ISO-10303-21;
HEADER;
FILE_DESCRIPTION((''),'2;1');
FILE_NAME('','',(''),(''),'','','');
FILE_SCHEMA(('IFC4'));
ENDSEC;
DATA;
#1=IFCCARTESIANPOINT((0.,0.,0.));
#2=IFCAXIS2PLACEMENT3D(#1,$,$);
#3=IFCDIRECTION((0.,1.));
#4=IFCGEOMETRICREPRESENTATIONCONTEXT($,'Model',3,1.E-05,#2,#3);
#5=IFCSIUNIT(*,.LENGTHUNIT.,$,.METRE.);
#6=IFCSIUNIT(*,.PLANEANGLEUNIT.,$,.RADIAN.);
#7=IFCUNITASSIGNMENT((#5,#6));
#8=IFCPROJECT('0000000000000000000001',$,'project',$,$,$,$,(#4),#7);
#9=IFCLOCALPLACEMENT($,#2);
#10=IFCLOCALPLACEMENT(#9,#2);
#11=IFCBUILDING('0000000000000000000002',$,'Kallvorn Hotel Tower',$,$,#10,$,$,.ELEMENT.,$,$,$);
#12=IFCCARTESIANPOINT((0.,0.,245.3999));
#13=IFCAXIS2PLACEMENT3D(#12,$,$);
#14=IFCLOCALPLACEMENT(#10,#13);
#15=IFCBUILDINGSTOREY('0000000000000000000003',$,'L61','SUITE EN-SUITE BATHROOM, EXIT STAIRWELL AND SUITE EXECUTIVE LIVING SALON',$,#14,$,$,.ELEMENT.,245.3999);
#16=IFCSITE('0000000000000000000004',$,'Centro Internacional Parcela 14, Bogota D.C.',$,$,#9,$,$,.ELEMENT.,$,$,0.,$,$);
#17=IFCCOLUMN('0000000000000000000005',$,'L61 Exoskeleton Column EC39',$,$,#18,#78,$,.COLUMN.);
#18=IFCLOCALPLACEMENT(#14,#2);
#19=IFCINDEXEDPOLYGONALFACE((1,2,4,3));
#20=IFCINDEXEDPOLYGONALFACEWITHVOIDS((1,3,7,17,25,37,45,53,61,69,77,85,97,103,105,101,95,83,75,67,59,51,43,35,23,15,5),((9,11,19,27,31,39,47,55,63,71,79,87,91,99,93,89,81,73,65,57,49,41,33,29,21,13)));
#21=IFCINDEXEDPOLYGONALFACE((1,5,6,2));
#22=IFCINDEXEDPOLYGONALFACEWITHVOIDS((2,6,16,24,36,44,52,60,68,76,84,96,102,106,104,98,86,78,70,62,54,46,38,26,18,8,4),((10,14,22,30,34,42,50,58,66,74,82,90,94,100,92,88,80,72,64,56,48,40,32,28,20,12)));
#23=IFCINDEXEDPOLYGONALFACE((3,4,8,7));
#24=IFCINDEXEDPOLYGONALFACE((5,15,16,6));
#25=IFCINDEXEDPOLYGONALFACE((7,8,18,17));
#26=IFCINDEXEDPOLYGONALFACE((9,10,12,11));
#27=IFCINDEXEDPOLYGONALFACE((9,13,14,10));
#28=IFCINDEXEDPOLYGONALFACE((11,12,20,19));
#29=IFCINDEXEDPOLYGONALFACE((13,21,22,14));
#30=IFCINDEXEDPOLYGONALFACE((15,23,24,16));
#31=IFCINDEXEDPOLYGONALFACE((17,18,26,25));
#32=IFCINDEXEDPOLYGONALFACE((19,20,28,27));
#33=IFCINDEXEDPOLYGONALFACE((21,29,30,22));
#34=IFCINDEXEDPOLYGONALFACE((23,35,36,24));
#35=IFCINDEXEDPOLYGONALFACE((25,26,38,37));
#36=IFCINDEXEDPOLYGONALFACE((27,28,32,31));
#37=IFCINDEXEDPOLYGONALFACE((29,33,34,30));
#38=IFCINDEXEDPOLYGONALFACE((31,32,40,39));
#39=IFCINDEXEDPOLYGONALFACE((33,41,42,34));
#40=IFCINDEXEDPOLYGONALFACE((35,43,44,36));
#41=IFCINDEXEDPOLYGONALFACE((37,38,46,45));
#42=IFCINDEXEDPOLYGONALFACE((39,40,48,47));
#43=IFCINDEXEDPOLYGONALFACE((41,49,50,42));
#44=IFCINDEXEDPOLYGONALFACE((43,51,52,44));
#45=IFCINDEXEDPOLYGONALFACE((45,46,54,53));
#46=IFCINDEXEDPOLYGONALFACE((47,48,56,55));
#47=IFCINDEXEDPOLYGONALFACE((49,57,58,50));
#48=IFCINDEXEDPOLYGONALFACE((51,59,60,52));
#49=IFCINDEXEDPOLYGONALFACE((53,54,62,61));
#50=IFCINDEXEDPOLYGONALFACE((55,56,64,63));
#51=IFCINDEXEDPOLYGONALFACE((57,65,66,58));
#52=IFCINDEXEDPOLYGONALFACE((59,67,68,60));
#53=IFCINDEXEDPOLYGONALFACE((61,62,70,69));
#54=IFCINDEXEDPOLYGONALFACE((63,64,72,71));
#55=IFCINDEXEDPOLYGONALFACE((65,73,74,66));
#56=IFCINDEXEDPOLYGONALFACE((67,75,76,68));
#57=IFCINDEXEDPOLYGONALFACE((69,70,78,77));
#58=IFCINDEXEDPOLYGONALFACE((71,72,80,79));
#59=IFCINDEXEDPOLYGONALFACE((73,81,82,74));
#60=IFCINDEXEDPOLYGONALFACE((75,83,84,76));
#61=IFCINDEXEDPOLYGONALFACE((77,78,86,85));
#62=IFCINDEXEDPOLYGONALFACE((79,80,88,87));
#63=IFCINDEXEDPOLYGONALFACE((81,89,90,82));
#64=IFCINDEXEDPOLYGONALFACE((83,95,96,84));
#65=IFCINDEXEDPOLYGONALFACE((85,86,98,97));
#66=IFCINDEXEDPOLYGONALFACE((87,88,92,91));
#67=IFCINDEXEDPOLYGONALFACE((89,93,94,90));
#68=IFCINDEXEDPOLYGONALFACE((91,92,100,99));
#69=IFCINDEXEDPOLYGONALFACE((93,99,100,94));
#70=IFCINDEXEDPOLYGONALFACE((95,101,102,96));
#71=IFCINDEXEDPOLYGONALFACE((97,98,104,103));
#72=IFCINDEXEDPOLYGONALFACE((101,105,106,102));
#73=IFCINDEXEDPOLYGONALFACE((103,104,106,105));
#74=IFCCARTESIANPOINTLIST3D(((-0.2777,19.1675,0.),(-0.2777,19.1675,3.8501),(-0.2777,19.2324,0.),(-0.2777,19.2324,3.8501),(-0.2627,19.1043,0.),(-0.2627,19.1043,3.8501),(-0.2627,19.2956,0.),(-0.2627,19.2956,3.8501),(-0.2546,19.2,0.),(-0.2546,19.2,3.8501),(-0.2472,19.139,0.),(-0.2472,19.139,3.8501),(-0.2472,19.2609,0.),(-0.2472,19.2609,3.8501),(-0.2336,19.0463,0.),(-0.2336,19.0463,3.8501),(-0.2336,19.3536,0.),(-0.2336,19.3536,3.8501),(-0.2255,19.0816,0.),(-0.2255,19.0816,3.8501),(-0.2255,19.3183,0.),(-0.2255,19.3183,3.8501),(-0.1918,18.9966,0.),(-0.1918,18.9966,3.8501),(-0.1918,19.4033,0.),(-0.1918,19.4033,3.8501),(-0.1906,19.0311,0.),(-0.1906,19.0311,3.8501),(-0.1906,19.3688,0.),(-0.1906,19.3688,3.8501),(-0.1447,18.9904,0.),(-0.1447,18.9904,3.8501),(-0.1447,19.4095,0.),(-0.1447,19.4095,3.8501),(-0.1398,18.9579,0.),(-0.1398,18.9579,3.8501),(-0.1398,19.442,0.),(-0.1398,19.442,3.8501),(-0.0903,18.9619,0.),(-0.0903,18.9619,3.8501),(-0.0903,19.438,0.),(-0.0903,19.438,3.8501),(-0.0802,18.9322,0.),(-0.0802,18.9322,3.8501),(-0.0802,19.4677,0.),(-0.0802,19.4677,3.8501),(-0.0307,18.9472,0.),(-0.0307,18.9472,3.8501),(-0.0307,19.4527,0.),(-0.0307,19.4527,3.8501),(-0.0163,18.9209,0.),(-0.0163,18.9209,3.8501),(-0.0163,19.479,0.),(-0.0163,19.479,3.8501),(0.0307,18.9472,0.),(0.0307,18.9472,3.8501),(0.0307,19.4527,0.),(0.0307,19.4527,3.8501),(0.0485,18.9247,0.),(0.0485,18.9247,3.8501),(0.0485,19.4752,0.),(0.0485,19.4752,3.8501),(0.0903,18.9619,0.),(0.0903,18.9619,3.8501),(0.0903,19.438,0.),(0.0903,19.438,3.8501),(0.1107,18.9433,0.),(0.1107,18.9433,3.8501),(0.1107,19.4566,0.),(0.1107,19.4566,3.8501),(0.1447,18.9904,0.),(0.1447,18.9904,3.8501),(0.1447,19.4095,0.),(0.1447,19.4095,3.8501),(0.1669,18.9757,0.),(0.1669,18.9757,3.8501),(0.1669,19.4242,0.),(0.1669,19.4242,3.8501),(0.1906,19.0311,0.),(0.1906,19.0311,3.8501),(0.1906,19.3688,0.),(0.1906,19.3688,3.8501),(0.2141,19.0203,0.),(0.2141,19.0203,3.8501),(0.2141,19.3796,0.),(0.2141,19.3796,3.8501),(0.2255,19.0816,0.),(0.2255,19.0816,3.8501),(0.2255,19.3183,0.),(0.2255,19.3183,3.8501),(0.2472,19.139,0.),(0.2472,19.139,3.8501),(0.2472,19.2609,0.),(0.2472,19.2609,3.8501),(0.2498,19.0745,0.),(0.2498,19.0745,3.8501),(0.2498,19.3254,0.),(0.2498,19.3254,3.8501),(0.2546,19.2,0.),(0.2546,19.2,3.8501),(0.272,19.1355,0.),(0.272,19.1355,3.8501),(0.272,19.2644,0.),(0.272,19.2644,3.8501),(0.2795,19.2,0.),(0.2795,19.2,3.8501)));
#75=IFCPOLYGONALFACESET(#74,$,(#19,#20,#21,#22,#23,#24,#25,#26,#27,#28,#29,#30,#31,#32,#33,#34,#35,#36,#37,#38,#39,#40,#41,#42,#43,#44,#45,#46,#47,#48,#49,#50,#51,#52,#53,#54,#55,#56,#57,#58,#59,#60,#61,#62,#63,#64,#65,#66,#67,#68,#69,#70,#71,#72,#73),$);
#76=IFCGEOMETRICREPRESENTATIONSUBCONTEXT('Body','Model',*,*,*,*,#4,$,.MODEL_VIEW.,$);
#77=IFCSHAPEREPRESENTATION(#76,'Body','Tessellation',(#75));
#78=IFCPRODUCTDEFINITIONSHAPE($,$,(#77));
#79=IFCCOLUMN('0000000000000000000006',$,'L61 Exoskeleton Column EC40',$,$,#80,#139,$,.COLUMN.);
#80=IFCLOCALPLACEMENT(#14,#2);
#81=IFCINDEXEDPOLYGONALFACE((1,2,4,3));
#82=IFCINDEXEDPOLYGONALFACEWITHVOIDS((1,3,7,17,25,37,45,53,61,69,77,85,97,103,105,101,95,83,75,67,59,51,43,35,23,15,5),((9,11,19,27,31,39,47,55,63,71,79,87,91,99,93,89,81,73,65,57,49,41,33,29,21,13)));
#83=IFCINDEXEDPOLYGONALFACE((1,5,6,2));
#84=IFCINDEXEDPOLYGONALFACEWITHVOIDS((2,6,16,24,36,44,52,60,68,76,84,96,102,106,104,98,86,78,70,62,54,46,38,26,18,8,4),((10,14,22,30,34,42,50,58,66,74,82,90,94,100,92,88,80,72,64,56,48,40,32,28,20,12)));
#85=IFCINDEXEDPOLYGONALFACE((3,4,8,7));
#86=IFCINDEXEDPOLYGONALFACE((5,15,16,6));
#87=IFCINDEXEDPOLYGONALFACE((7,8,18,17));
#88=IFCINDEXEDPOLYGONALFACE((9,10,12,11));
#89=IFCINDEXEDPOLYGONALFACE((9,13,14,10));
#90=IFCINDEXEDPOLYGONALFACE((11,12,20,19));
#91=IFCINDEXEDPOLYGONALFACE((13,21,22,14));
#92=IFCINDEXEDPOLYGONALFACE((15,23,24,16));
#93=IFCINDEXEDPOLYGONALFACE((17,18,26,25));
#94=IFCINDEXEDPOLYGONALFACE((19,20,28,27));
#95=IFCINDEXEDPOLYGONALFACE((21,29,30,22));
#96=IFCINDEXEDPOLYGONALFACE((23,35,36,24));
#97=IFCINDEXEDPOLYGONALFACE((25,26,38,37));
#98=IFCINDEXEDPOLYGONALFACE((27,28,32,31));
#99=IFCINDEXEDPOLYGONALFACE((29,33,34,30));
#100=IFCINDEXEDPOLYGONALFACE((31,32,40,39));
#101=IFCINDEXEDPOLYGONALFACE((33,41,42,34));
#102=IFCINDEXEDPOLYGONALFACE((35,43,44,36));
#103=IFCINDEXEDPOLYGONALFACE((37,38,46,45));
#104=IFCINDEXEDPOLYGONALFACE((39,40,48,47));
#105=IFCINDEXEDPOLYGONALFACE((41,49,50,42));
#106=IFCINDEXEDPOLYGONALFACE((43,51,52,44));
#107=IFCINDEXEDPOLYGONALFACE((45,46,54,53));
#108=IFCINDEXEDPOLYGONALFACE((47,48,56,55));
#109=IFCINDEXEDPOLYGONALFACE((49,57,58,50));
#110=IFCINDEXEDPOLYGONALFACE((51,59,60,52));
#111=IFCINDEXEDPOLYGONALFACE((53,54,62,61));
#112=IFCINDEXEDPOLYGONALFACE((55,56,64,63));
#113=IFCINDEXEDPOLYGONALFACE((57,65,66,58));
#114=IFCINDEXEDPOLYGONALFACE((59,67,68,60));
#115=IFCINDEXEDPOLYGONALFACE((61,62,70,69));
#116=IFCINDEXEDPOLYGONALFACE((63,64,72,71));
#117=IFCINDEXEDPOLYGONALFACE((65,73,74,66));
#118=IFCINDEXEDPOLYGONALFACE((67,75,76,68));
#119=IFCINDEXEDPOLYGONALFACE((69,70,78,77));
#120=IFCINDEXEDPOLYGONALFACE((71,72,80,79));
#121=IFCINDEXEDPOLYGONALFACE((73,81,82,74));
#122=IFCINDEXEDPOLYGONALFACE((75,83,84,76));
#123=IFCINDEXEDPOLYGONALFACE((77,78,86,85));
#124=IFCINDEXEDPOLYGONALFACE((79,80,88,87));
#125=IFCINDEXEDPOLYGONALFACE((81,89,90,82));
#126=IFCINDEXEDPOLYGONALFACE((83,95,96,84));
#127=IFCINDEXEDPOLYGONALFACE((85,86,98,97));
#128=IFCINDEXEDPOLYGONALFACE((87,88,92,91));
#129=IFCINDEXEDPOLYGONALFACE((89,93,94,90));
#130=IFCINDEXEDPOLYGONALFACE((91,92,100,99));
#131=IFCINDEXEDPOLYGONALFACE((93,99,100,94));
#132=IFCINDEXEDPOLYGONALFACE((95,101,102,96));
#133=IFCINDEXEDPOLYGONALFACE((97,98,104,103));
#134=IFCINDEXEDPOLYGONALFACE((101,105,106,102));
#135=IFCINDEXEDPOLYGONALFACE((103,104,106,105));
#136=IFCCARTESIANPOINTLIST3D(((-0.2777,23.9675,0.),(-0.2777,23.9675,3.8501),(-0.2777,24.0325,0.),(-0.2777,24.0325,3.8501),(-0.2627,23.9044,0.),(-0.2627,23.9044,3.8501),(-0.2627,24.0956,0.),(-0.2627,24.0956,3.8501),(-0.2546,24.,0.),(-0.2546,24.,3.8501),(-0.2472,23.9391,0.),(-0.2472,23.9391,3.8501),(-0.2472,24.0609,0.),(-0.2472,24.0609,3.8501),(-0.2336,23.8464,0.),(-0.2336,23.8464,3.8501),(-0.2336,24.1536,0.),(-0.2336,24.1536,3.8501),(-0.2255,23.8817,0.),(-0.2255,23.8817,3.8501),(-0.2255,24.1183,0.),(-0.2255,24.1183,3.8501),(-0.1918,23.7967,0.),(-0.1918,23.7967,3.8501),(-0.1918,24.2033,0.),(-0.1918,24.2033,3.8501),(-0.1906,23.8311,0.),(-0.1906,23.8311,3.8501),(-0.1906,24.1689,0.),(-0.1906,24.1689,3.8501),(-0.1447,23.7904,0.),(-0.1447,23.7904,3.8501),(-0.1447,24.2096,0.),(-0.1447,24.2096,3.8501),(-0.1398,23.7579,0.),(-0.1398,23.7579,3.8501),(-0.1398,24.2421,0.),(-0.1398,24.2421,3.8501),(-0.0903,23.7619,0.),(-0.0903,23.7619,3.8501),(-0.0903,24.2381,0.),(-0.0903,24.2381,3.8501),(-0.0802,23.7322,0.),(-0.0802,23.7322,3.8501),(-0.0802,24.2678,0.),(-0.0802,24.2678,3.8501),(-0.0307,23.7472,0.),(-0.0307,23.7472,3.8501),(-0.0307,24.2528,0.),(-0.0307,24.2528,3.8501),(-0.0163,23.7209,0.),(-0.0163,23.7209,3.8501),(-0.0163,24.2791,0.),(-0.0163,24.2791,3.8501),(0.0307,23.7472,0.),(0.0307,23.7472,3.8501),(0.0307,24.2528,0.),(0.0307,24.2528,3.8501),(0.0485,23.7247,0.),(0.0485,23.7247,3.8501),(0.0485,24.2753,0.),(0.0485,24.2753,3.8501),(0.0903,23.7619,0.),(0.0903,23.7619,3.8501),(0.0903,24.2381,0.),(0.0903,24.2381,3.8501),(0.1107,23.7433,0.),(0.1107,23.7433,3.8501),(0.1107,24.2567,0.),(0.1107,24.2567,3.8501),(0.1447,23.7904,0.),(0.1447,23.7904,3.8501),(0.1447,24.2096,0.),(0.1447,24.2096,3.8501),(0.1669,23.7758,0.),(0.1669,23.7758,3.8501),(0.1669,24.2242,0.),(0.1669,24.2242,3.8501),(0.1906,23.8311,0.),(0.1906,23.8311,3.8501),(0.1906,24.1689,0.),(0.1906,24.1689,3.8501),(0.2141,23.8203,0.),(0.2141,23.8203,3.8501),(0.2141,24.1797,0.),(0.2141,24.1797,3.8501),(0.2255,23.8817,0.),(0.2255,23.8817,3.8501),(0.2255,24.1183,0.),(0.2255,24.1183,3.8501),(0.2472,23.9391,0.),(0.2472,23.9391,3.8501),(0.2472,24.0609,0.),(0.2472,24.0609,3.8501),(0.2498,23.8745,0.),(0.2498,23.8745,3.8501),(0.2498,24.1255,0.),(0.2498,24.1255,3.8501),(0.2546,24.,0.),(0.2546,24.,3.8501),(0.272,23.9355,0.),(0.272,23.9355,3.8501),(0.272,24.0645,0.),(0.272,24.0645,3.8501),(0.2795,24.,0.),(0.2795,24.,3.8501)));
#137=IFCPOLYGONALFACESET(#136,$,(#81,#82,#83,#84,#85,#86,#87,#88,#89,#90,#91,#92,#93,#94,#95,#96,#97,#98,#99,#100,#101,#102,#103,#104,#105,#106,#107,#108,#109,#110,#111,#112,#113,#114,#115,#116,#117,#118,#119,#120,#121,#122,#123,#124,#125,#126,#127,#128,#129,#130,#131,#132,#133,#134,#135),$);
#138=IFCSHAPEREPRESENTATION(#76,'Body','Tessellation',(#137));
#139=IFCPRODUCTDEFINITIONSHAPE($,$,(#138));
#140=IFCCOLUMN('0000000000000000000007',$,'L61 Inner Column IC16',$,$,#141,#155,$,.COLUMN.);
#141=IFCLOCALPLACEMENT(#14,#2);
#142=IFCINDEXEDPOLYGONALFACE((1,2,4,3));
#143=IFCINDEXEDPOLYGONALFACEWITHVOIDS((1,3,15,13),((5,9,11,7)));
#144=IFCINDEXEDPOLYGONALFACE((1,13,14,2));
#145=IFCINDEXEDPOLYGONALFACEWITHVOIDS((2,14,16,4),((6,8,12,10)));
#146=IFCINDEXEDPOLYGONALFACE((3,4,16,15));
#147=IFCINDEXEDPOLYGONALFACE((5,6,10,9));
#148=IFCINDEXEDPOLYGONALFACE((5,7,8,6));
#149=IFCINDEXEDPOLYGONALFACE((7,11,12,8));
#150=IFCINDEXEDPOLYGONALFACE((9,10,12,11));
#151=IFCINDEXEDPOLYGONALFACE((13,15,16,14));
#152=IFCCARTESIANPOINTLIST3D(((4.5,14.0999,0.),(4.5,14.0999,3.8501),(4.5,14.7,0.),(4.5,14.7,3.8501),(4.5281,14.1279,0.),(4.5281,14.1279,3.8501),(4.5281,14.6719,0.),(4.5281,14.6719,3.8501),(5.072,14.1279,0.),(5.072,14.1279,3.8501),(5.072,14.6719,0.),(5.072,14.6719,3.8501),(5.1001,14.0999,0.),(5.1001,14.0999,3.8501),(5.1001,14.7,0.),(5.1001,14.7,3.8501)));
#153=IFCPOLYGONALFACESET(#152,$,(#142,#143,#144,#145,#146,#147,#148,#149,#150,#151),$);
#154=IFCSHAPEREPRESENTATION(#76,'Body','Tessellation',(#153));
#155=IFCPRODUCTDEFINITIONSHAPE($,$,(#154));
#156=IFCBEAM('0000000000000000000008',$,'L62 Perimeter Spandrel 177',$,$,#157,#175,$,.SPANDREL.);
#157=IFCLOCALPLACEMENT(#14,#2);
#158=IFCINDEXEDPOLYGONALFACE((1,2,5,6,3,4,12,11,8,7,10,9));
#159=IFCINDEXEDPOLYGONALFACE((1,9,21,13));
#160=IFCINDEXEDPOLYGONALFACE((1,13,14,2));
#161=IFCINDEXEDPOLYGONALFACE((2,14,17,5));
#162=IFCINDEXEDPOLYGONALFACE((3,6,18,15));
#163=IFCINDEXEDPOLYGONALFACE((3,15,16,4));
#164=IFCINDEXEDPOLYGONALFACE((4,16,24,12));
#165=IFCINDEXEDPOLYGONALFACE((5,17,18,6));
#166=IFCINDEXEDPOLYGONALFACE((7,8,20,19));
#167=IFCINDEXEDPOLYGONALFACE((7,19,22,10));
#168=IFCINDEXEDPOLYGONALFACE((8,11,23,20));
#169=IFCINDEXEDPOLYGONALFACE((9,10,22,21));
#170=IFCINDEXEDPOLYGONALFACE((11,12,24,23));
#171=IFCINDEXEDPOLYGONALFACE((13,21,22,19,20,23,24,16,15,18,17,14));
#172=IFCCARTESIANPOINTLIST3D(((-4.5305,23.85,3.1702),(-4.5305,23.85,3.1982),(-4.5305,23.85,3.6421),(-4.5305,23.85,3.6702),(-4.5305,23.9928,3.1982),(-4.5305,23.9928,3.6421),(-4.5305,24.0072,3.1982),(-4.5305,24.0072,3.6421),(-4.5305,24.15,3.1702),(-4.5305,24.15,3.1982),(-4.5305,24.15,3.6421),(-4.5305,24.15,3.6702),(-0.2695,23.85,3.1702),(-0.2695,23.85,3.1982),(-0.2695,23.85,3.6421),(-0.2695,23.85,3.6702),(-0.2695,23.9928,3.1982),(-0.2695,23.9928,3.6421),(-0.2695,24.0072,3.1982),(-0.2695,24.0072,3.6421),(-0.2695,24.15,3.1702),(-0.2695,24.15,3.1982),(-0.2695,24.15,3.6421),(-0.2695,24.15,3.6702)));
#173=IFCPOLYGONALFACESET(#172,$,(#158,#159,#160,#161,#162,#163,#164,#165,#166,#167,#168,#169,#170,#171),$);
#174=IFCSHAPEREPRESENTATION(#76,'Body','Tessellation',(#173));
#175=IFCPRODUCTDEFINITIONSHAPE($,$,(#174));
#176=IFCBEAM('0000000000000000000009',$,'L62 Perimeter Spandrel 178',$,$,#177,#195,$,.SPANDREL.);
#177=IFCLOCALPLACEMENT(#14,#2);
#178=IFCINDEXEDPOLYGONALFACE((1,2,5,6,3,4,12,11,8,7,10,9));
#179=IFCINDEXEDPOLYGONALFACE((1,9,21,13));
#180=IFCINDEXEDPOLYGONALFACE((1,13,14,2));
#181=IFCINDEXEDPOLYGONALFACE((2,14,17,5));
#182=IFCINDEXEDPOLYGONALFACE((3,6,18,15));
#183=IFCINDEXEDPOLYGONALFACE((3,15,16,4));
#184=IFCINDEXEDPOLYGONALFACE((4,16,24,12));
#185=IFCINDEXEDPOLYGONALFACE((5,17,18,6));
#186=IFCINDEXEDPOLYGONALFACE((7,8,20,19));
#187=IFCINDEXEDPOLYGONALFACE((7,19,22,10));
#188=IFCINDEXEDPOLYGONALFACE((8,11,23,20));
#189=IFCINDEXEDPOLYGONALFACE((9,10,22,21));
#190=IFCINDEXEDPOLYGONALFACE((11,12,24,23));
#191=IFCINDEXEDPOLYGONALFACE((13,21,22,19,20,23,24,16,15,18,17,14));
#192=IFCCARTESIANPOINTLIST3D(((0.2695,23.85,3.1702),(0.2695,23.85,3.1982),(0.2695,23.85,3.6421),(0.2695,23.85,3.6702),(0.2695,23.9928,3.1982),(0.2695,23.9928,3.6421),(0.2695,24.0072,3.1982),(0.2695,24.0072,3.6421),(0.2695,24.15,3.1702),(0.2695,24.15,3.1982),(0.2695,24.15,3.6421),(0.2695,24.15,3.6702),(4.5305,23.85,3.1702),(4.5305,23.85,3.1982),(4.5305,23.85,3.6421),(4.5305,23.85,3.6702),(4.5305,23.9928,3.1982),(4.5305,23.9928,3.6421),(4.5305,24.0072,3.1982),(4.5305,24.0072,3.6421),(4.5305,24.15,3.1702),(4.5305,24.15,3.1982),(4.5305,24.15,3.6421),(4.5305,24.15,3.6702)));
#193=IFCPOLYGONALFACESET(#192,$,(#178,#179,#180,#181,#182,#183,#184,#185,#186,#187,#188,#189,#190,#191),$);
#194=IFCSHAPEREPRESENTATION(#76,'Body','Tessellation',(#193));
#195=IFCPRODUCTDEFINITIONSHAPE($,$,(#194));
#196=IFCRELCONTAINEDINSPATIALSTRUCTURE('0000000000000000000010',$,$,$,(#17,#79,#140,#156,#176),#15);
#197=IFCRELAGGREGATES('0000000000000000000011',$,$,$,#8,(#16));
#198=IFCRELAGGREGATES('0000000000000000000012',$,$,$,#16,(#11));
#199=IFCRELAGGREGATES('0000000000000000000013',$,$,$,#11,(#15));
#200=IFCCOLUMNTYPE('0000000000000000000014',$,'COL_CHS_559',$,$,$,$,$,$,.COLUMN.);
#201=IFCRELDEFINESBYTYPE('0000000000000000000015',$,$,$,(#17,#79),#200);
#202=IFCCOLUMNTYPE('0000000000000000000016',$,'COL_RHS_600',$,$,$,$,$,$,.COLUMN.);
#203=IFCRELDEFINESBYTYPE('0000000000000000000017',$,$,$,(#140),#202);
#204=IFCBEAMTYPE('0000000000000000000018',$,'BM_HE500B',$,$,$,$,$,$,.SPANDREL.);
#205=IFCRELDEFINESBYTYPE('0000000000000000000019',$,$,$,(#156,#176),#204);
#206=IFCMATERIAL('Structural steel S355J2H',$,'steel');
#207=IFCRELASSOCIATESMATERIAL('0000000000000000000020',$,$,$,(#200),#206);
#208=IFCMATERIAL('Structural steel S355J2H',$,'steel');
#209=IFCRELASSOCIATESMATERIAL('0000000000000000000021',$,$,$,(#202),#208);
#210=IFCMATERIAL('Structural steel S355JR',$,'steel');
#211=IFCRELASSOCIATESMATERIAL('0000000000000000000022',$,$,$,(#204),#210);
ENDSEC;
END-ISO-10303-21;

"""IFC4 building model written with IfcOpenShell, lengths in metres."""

from ifc_helpers import new_model, si_unit, direction, frame, origin, origin_2d, place, context, subcontext, project, spatial, hollow_rectangle, hollow_circle, i_section, extrude, material, material_profile, profile_set, type_object, element, save


model = new_model("IFC4")

# Units and contexts
model_context = context("Model", 3, precision=1e-05, world=origin(), true_north=direction((0.0, 1.0)))
body_context = subcontext(model_context, "Body", "Model", "MODEL_VIEW")
ifc_project = project(units=[si_unit("LENGTHUNIT", "METRE"), si_unit("PLANEANGLEUNIT", "RADIAN")], contexts=[model_context])

# Site, building, storey
site_placement = place(None, origin())
site = spatial("IfcSite", under=ifc_project, at=site_placement, Name="Centro Internacional Parcela 14, Bogota D.C.", CompositionType="ELEMENT", RefElevation=0.0)
building_placement = place(site_placement, origin())
building = spatial("IfcBuilding", under=site, at=building_placement, Name="Kallvorn Hotel Tower", CompositionType="ELEMENT")
storey_placement = place(building_placement, frame((0.0, 0.0, 245.3999)))
storey = spatial("IfcBuildingStorey", under=building, at=storey_placement, Name="L61", Description="SUITE EN-SUITE BATHROOM, EXIT STAIRWELL AND SUITE EXECUTIVE LIVING SALON", CompositionType="ELEMENT", Elevation=245.3999)

# Columns
ifc_material_1 = material(Name="Structural steel S355J2H", Category="steel")
ifc_material_profile_1 = material_profile(ifc_material_1, hollow_circle(Radius=0.2795, WallThickness=0.0249, at=origin_2d()), Name="CHS 559x25")
ifc_profile_set_1 = profile_set([ifc_material_profile_1], Name="Structural steel S355J2H")
column_type_1 = type_object("IfcColumnType", Name="COL_CHS_559", PredefinedType="COLUMN", material=ifc_profile_set_1)
for number, where, z_axis, x_axis, name in (
    (1, (0.0, 19.2, 0.0), (0.0, 0.0, 1.0), (1.0, 0.0, 0.0), "L61 Exoskeleton Column EC39"),
    (2, (0.0, 24.0, 0.0), (0.0, 0.0, 1.0), (1.0, 0.0, 0.0), "L61 Exoskeleton Column EC40"),
):
    element("IfcColumn", number, at=place(storey_placement, frame(where, z_axis=z_axis, x_axis=x_axis)), inside=storey, type_object=column_type_1, Name=name, PredefinedType="COLUMN", context=body_context, shape_type="SweptSolid", body=[
        extrude(hollow_circle(Radius=0.2795, WallThickness=0.0249, at=origin_2d()), origin(), (0.0, 0.0, 1.0), 3.8501),
    ])
ifc_material_2 = material(Name="Structural steel S355J2H", Category="steel")
ifc_material_profile_2 = material_profile(ifc_material_2, hollow_rectangle(XDim=0.6001, YDim=0.6001, WallThickness=0.0281, at=origin_2d()), Name="RHS 600x600x28")
ifc_profile_set_2 = profile_set([ifc_material_profile_2], Name="Structural steel S355J2H")
column_type_2 = type_object("IfcColumnType", Name="COL_RHS_600", PredefinedType="COLUMN", material=ifc_profile_set_2)
column_placement = place(storey_placement, frame((4.8, 14.3999, 0.0), z_axis=(0.0, 0.0, 1.0), x_axis=(1.0, 0.0, 0.0)))
element("IfcColumn", 3, at=column_placement, inside=storey, type_object=column_type_2, Name="L61 Inner Column IC16", PredefinedType="COLUMN", context=body_context, shape_type="SweptSolid", body=[
    extrude(hollow_rectangle(XDim=0.6001, YDim=0.6001, WallThickness=0.0281, at=origin_2d()), origin(), (0.0, 0.0, 1.0), 3.8501),
])

# Beams
ifc_material_3 = material(Name="Structural steel S355JR", Category="steel")
ifc_material_profile_3 = material_profile(ifc_material_3, i_section(OverallWidth=0.3, OverallDepth=0.5, WebThickness=0.0144, FlangeThickness=0.0281, at=origin_2d()), Name="HE 500 B")
ifc_profile_set_3 = profile_set([ifc_material_profile_3], Name="Structural steel S355JR")
beam_type_1 = type_object("IfcBeamType", Name="BM_HE500B", PredefinedType="SPANDREL", material=ifc_profile_set_3)
for number, where, z_axis, x_axis, name in (
    (4, (-4.5305, 24.0, 3.4202), (1.0, 0.0, 0.0), (0.0, 1.0, 0.0), "L62 Perimeter Spandrel 177"),
    (5, (0.2695, 24.0, 3.4202), (1.0, 0.0, 0.0), (0.0, 1.0, 0.0), "L62 Perimeter Spandrel 178"),
):
    element("IfcBeam", number, at=place(storey_placement, frame(where, z_axis=z_axis, x_axis=x_axis)), inside=storey, type_object=beam_type_1, Name=name, PredefinedType="SPANDREL", context=body_context, shape_type="SweptSolid", body=[
        extrude(i_section(OverallWidth=0.3, OverallDepth=0.5, WebThickness=0.0144, FlangeThickness=0.0281, at=origin_2d()), origin(), (0.0, 0.0, 1.0), 4.261),
    ])

save(model, "model.ifc")
